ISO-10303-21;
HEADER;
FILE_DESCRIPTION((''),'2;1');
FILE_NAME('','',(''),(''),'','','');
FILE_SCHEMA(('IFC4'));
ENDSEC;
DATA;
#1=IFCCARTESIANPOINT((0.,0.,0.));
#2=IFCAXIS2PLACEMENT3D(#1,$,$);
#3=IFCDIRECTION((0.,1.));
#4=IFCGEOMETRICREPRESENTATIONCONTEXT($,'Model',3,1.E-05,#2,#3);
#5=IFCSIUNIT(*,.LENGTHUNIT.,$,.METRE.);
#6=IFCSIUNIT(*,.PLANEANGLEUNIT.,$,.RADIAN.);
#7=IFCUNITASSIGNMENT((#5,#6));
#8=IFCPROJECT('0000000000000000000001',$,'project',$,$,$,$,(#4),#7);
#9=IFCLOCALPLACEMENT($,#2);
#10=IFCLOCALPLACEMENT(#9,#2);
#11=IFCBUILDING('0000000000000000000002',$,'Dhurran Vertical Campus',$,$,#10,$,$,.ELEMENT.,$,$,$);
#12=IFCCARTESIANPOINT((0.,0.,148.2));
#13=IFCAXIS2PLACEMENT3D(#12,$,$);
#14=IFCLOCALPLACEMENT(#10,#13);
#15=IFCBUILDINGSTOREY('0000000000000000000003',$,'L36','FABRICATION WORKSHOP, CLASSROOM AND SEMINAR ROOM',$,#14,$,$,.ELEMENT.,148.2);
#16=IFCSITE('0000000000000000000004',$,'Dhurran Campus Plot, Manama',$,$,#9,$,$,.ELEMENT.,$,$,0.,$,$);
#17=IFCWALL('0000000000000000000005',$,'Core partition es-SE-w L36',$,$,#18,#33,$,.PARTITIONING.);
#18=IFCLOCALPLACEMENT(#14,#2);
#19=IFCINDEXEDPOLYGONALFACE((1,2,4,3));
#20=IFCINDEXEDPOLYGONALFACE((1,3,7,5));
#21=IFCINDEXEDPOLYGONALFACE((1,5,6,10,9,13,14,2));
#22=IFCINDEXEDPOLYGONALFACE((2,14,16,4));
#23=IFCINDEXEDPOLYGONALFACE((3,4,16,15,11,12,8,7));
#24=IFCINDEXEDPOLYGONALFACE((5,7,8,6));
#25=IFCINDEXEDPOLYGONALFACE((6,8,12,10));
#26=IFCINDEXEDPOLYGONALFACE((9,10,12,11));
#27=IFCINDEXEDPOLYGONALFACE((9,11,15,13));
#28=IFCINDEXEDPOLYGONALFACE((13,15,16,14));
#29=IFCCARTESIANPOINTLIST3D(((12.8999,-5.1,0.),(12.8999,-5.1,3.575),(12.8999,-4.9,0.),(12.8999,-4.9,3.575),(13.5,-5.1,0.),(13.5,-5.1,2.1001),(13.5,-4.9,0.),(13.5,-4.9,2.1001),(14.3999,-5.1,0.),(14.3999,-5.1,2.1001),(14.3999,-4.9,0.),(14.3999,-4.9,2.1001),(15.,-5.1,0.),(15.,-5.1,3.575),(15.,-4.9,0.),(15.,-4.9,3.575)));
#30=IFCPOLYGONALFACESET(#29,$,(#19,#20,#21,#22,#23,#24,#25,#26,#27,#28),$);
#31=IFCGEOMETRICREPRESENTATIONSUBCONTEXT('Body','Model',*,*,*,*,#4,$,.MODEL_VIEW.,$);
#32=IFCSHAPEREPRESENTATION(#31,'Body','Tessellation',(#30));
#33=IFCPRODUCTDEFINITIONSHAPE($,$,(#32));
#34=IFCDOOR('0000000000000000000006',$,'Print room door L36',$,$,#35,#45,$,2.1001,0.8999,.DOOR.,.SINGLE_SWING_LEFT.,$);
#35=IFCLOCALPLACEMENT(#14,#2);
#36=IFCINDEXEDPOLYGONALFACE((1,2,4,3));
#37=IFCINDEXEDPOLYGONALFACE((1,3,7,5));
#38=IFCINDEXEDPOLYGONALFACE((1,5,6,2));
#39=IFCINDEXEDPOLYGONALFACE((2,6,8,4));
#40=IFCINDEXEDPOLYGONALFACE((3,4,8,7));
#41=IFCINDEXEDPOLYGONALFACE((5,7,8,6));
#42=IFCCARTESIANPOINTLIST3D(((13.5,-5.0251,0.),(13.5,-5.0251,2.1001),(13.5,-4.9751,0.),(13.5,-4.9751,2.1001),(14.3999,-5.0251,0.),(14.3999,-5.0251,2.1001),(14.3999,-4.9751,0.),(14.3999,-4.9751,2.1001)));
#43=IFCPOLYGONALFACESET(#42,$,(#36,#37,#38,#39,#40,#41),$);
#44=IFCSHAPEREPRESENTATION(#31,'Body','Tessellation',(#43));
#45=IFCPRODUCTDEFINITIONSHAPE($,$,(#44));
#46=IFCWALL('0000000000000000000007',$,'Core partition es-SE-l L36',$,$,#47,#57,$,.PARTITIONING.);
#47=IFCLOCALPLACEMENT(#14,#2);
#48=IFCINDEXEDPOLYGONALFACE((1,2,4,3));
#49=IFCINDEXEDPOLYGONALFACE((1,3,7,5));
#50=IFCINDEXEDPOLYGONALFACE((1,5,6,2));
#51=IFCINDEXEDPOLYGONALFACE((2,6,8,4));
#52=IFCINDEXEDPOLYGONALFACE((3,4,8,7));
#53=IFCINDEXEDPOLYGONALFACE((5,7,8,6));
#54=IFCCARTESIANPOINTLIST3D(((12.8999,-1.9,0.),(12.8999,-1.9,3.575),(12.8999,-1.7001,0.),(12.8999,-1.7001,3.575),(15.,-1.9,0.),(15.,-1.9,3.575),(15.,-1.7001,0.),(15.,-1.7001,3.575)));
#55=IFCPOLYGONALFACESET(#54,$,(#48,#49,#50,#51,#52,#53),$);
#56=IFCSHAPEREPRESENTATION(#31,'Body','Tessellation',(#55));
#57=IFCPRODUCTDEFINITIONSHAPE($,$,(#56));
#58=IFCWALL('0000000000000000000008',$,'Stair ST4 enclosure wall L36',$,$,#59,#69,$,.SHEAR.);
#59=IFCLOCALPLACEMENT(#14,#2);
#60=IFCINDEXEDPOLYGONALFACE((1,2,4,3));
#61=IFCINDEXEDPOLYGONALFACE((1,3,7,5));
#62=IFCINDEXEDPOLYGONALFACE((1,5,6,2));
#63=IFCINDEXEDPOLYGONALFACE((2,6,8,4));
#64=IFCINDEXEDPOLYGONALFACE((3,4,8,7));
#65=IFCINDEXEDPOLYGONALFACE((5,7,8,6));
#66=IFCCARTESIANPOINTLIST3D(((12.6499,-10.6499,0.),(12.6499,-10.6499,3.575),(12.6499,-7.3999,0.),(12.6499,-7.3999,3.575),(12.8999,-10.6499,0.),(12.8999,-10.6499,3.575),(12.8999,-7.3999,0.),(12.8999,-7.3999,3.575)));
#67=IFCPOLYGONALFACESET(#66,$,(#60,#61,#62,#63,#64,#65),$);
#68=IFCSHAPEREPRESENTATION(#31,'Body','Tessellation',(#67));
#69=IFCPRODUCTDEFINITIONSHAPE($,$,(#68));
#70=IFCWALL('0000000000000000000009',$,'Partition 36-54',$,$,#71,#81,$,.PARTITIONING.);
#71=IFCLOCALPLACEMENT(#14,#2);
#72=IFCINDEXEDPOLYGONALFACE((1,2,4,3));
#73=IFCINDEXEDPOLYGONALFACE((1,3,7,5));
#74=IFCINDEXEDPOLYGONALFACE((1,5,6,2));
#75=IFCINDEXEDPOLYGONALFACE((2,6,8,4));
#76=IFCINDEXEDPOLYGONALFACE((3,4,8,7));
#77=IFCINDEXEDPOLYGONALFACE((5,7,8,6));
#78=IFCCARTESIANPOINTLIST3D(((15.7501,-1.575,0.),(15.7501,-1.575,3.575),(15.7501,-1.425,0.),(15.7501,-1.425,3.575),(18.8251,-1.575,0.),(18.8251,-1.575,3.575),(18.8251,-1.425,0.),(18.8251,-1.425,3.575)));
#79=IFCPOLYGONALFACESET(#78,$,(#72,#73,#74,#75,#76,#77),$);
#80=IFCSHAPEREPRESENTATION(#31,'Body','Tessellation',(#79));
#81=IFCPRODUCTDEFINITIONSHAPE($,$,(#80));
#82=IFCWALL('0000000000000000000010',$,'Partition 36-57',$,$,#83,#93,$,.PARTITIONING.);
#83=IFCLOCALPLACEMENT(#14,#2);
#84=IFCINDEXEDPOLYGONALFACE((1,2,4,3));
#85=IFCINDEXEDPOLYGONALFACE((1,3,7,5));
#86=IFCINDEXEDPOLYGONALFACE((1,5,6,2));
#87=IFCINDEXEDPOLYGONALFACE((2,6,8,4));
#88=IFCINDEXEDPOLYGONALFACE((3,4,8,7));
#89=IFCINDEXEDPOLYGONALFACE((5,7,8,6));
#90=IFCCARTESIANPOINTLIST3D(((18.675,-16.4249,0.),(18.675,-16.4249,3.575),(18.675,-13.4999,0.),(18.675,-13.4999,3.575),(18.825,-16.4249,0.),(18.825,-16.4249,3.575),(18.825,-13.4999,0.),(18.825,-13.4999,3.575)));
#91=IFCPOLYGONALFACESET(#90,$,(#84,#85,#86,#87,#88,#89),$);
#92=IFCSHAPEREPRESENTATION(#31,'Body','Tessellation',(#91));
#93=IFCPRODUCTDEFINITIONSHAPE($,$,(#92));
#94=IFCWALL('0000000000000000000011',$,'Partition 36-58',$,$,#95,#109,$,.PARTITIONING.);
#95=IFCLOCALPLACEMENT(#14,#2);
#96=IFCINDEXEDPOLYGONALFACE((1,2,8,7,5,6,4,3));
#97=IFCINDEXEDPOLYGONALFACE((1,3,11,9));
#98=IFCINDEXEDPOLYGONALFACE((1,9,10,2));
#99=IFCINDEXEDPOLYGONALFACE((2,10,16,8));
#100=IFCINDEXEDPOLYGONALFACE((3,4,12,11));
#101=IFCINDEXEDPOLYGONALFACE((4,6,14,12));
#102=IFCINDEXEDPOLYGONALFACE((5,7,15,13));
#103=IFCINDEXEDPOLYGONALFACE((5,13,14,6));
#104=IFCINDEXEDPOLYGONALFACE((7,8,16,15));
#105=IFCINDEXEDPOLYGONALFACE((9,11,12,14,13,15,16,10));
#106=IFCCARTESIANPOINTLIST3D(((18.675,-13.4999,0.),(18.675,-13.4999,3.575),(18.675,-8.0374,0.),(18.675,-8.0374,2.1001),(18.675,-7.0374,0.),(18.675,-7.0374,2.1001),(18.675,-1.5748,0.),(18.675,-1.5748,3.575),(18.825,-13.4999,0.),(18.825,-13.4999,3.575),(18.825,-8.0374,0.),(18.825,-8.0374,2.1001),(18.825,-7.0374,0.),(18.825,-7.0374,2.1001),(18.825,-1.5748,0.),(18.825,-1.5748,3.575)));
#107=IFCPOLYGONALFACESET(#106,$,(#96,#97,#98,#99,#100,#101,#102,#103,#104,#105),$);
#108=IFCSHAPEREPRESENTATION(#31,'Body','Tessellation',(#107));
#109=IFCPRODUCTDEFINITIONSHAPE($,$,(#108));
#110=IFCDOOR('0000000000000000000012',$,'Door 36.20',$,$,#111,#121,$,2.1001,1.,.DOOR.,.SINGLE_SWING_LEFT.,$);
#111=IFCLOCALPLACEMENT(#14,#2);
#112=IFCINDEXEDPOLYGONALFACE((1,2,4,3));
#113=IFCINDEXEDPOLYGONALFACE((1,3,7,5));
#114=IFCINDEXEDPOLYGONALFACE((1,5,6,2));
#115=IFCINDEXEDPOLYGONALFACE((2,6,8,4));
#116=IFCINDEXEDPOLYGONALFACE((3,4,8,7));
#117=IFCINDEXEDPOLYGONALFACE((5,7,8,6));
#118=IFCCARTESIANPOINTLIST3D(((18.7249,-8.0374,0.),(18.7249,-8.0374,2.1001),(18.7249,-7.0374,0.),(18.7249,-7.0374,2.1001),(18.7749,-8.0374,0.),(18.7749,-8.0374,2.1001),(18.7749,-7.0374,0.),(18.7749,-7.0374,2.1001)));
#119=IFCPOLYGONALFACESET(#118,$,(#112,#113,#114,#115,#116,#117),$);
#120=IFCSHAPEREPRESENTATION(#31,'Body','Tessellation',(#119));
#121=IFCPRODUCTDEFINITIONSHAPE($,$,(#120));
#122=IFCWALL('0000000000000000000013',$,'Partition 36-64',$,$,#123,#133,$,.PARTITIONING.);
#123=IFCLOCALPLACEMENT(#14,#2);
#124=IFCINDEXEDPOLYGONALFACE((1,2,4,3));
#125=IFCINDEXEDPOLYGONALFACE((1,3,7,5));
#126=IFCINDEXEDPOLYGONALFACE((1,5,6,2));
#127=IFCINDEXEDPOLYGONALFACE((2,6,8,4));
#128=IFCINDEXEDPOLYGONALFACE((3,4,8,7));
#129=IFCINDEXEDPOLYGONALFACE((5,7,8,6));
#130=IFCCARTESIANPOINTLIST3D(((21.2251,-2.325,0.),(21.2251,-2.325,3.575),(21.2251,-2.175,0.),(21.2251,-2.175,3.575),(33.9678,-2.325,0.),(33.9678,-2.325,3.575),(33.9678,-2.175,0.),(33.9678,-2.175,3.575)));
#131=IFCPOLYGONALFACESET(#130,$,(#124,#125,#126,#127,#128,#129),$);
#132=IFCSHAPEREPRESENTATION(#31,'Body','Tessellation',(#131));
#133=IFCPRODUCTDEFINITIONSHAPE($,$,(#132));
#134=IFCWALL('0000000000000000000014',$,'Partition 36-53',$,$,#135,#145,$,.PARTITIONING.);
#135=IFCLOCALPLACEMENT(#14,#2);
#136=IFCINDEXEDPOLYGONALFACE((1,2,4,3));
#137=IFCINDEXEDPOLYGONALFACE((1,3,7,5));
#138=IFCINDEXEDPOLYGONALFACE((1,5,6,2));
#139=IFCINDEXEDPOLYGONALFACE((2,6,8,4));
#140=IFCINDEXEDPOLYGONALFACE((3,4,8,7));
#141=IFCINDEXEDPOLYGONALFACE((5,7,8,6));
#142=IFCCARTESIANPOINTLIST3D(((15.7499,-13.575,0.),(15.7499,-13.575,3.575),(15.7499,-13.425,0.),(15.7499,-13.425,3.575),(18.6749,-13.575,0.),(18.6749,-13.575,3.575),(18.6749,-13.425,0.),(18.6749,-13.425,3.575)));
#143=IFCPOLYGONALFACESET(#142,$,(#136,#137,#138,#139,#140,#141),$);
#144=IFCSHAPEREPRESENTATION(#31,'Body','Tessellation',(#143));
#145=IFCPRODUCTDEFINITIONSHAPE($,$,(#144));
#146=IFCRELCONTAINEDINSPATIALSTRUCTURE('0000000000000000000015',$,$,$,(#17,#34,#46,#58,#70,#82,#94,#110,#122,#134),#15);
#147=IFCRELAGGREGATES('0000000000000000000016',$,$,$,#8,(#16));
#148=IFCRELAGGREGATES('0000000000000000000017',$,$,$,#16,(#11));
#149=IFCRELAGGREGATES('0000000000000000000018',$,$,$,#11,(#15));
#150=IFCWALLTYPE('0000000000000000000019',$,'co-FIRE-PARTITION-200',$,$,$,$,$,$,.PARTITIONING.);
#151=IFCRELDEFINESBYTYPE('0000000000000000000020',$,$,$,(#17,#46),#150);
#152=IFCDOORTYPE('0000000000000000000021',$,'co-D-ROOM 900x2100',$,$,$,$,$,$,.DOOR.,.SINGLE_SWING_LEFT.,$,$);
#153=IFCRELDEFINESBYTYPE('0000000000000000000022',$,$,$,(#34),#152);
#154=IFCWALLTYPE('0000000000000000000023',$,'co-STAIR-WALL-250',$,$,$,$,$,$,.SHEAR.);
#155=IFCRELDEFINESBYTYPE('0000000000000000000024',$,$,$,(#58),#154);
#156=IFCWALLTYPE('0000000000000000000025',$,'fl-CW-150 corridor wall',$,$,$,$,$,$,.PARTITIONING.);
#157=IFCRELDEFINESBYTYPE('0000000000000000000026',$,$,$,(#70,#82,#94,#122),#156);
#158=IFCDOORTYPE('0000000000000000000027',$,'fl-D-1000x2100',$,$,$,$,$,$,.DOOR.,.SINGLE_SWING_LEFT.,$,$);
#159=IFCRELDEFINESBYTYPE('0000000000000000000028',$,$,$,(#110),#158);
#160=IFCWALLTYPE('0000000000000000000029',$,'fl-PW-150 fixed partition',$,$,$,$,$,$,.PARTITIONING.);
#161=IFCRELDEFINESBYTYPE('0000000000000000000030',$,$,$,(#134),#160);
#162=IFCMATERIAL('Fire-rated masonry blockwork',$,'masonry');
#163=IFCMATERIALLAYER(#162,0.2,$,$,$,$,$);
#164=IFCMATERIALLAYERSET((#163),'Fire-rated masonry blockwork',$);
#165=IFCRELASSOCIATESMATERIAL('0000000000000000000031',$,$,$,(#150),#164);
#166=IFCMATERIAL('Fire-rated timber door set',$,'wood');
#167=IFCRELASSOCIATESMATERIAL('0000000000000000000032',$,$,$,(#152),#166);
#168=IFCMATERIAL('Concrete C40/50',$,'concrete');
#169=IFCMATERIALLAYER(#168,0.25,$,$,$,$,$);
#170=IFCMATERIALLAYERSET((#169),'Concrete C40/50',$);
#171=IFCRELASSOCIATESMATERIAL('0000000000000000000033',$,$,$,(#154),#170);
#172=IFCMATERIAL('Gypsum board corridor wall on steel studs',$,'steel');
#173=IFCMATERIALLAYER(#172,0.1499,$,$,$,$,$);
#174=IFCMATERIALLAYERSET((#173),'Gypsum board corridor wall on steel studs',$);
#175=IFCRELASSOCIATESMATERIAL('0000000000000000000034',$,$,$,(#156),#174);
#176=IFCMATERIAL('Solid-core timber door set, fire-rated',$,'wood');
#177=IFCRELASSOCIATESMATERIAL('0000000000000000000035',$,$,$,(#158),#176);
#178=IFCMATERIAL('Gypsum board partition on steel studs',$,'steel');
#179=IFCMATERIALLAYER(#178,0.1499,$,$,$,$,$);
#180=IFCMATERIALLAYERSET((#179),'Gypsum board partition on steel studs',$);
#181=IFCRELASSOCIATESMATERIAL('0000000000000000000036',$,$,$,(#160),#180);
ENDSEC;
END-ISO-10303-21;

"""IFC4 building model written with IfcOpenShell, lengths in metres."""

from ifc_helpers import new_model, si_unit, direction, frame, frame_2d, origin, place, context, subcontext, project, spatial, rectangle, extrude, material, layer, layer_set, type_object, element, fill, save


model = new_model("IFC4")

# Units and contexts
model_context = context("Model", 3, precision=1e-05, world=origin(), true_north=direction((0.0, 1.0)))
body_context = subcontext(model_context, "Body", "Model", "MODEL_VIEW")
ifc_project = project(units=[si_unit("LENGTHUNIT", "METRE"), si_unit("PLANEANGLEUNIT", "RADIAN")], contexts=[model_context])

# Site, building, storey
site_placement = place(None, origin())
site = spatial("IfcSite", under=ifc_project, at=site_placement, Name="Dhurran Campus Plot, Manama", CompositionType="ELEMENT", RefElevation=0.0)
building_placement = place(site_placement, origin())
building = spatial("IfcBuilding", under=site, at=building_placement, Name="Dhurran Vertical Campus", CompositionType="ELEMENT")
storey_placement = place(building_placement, frame((0.0, 0.0, 148.2)))
storey = spatial("IfcBuildingStorey", under=building, at=storey_placement, Name="L36", Description="FABRICATION WORKSHOP, CLASSROOM AND SEMINAR ROOM", CompositionType="ELEMENT", Elevation=148.2)

# Shared definitions
ifc_material_1 = material(Name="Fire-rated masonry blockwork", Category="masonry")
ifc_layer_1 = layer(ifc_material_1, 0.2)
ifc_layer_set_1 = layer_set([ifc_layer_1], Name="Fire-rated masonry blockwork")
wall_type_1 = type_object("IfcWallType", Name="co-FIRE-PARTITION-200", PredefinedType="PARTITIONING", material=ifc_layer_set_1)

# Wall, opening, door
ifc_material_2 = material(Name="Fire-rated timber door set", Category="wood")
door_type_1 = type_object("IfcDoorType", Name="co-D-ROOM 900x2100", OperationType="SINGLE_SWING_LEFT", PredefinedType="DOOR", material=ifc_material_2)
wall_1_placement = place(storey_placement, frame((12.8999, -5.0, 0.0), z_axis=(0.0, 0.0, 1.0), x_axis=(1.0, 0.0, 0.0)))
wall_1 = element("IfcWall", 1, at=wall_1_placement, inside=storey, type_object=wall_type_1, Name="Core partition es-SE-w L36", PredefinedType="PARTITIONING", context=body_context, shape_type="SweptSolid", body=[
    extrude(rectangle(XDim=2.1001, YDim=0.2, at=frame_2d((1.05, 0.0))), origin(), (0.0, 0.0, 1.0), 3.575),
])
opening_1_placement = place(wall_1_placement, frame((0.6001, 0.0, 0.0)))
opening_1 = element("IfcOpeningElement", 2, at=opening_1_placement, cuts=wall_1, PredefinedType="OPENING", context=body_context, shape_type="SweptSolid", body=[
    extrude(rectangle(XDim=0.8999, YDim=2.1001, at=frame_2d((0.45, 1.05))), frame((0.0, 0.1099, 0.0), z_axis=(0.0, -1.0, 0.0), x_axis=(1.0, 0.0, 0.0)), (0.0, 0.0, 1.0), 0.22),
])
door_1_placement = place(opening_1_placement, origin())
door_1 = element("IfcDoor", 3, at=door_1_placement, inside=storey, type_object=door_type_1, Name="Print room door L36", OperationType="SINGLE_SWING_LEFT", OverallHeight=2.1001, OverallWidth=0.8999, PredefinedType="DOOR", context=body_context, shape_type="SweptSolid", body=[
    extrude(rectangle(XDim=0.8999, YDim=2.1001, at=frame_2d((0.45, 1.05))), frame((0.0, 0.0249, 0.0), z_axis=(0.0, -1.0, 0.0), x_axis=(1.0, 0.0, 0.0)), (0.0, 0.0, 1.0), 0.05),
])
fill(opening_1, door_1)

# Walls
wall_2_placement = place(storey_placement, frame((12.8999, -1.8, 0.0), z_axis=(0.0, 0.0, 1.0), x_axis=(1.0, 0.0, 0.0)))
element("IfcWall", 4, at=wall_2_placement, inside=storey, type_object=wall_type_1, Name="Core partition es-SE-l L36", PredefinedType="PARTITIONING", context=body_context, shape_type="SweptSolid", body=[
    extrude(rectangle(XDim=2.1001, YDim=0.2, at=frame_2d((1.05, 0.0))), origin(), (0.0, 0.0, 1.0), 3.575),
])
ifc_material_3 = material(Name="Concrete C40/50", Category="concrete")
ifc_layer_2 = layer(ifc_material_3, 0.25)
ifc_layer_set_2 = layer_set([ifc_layer_2], Name="Concrete C40/50")
wall_type_2 = type_object("IfcWallType", Name="co-STAIR-WALL-250", PredefinedType="SHEAR", material=ifc_layer_set_2)
wall_3_placement = place(storey_placement, frame((12.7749, -10.6499, 0.0), z_axis=(0.0, 0.0, 1.0), x_axis=(0.0, 1.0, 0.0)))
element("IfcWall", 5, at=wall_3_placement, inside=storey, type_object=wall_type_2, Name="Stair ST4 enclosure wall L36", PredefinedType="SHEAR", context=body_context, shape_type="SweptSolid", body=[
    extrude(rectangle(XDim=3.25, YDim=0.25, at=frame_2d((1.625, 0.0))), origin(), (0.0, 0.0, 1.0), 3.575),
])
ifc_material_4 = material(Name="Gypsum board corridor wall on steel studs", Category="steel")
ifc_layer_3 = layer(ifc_material_4, 0.1499)
ifc_layer_set_3 = layer_set([ifc_layer_3], Name="Gypsum board corridor wall on steel studs")
wall_type_3 = type_object("IfcWallType", Name="fl-CW-150 corridor wall", PredefinedType="PARTITIONING", material=ifc_layer_set_3)
wall_4_placement = place(storey_placement, frame((15.75, -1.5, 0.0), z_axis=(0.0, 0.0, 1.0), x_axis=(1.0, 0.0, 0.0)))
element("IfcWall", 6, at=wall_4_placement, inside=storey, type_object=wall_type_3, Name="Partition 36-54", PredefinedType="PARTITIONING", context=body_context, shape_type="SweptSolid", body=[
    extrude(rectangle(XDim=3.075, YDim=0.1499, at=frame_2d((1.5376, 0.0))), origin(), (0.0, 0.0, 1.0), 3.575),
])
wall_5_placement = place(storey_placement, frame((18.75, -13.5, 0.0), z_axis=(0.0, 0.0, 1.0), x_axis=(0.0, -1.0, 0.0)))
element("IfcWall", 7, at=wall_5_placement, inside=storey, type_object=wall_type_3, Name="Partition 36-57", PredefinedType="PARTITIONING", context=body_context, shape_type="SweptSolid", body=[
    extrude(rectangle(XDim=2.925, YDim=0.1499, at=frame_2d((1.4624, 0.0))), origin(), (0.0, 0.0, 1.0), 3.575),
])

# Wall, opening, door
wall_6_placement = place(storey_placement, frame((18.75, -1.575, 0.0), z_axis=(0.0, 0.0, 1.0), x_axis=(0.0, -1.0, 0.0)))
wall_6 = element("IfcWall", 8, at=wall_6_placement, inside=storey, type_object=wall_type_3, Name="Partition 36-58", PredefinedType="PARTITIONING", context=body_context, shape_type="SweptSolid", body=[
    extrude(rectangle(XDim=11.925, YDim=0.1499, at=frame_2d((5.9624, 0.0))), origin(), (0.0, 0.0, 1.0), 3.575),
])
opening_2_placement = place(wall_6_placement, frame((5.4624, 0.0, 0.0)))
opening_2 = element("IfcOpeningElement", 9, at=opening_2_placement, cuts=wall_6, PredefinedType="OPENING", context=body_context, shape_type="SweptSolid", body=[
    extrude(rectangle(XDim=1.0, YDim=2.1001, at=frame_2d((0.5, 1.05))), frame((0.0, 0.085, 0.0), z_axis=(0.0, -1.0, 0.0), x_axis=(1.0, 0.0, 0.0)), (0.0, 0.0, 1.0), 0.1699),
])
ifc_material_5 = material(Name="Solid-core timber door set, fire-rated", Category="wood")
door_type_2 = type_object("IfcDoorType", Name="fl-D-1000x2100", OperationType="SINGLE_SWING_LEFT", PredefinedType="DOOR", material=ifc_material_5)
door_2_placement = place(opening_2_placement, origin())
door_2 = element("IfcDoor", 10, at=door_2_placement, inside=storey, type_object=door_type_2, Name="Door 36.20", OperationType="SINGLE_SWING_LEFT", OverallHeight=2.1001, OverallWidth=1.0, PredefinedType="DOOR", context=body_context, shape_type="SweptSolid", body=[
    extrude(rectangle(XDim=1.0, YDim=2.1001, at=frame_2d((0.5, 1.05))), frame((0.0, 0.0249, 0.0), z_axis=(0.0, -1.0, 0.0), x_axis=(1.0, 0.0, 0.0)), (0.0, 0.0, 1.0), 0.05),
])
fill(opening_2, door_2)

# Walls
wall_7_placement = place(storey_placement, frame((33.9678, -2.25, 0.0), z_axis=(0.0, 0.0, 1.0), x_axis=(-1.0, 0.0, 0.0)))
element("IfcWall", 11, at=wall_7_placement, inside=storey, type_object=wall_type_3, Name="Partition 36-64", PredefinedType="PARTITIONING", context=body_context, shape_type="SweptSolid", body=[
    extrude(rectangle(XDim=12.7427, YDim=0.1499, at=frame_2d((6.3713, 0.0))), origin(), (0.0, 0.0, 1.0), 3.575),
])
ifc_material_6 = material(Name="Gypsum board partition on steel studs", Category="steel")
ifc_layer_4 = layer(ifc_material_6, 0.1499)
ifc_layer_set_4 = layer_set([ifc_layer_4], Name="Gypsum board partition on steel studs")
wall_type_4 = type_object("IfcWallType", Name="fl-PW-150 fixed partition", PredefinedType="PARTITIONING", material=ifc_layer_set_4)
wall_8_placement = place(storey_placement, frame((15.75, -13.5, 0.0), z_axis=(0.0, 0.0, 1.0), x_axis=(1.0, 0.0, 0.0)))
element("IfcWall", 12, at=wall_8_placement, inside=storey, type_object=wall_type_4, Name="Partition 36-53", PredefinedType="PARTITIONING", context=body_context, shape_type="SweptSolid", body=[
    extrude(rectangle(XDim=2.925, YDim=0.1499, at=frame_2d((1.4624, 0.0))), origin(), (0.0, 0.0, 1.0), 3.575),
])

save(model, "model.ifc")
